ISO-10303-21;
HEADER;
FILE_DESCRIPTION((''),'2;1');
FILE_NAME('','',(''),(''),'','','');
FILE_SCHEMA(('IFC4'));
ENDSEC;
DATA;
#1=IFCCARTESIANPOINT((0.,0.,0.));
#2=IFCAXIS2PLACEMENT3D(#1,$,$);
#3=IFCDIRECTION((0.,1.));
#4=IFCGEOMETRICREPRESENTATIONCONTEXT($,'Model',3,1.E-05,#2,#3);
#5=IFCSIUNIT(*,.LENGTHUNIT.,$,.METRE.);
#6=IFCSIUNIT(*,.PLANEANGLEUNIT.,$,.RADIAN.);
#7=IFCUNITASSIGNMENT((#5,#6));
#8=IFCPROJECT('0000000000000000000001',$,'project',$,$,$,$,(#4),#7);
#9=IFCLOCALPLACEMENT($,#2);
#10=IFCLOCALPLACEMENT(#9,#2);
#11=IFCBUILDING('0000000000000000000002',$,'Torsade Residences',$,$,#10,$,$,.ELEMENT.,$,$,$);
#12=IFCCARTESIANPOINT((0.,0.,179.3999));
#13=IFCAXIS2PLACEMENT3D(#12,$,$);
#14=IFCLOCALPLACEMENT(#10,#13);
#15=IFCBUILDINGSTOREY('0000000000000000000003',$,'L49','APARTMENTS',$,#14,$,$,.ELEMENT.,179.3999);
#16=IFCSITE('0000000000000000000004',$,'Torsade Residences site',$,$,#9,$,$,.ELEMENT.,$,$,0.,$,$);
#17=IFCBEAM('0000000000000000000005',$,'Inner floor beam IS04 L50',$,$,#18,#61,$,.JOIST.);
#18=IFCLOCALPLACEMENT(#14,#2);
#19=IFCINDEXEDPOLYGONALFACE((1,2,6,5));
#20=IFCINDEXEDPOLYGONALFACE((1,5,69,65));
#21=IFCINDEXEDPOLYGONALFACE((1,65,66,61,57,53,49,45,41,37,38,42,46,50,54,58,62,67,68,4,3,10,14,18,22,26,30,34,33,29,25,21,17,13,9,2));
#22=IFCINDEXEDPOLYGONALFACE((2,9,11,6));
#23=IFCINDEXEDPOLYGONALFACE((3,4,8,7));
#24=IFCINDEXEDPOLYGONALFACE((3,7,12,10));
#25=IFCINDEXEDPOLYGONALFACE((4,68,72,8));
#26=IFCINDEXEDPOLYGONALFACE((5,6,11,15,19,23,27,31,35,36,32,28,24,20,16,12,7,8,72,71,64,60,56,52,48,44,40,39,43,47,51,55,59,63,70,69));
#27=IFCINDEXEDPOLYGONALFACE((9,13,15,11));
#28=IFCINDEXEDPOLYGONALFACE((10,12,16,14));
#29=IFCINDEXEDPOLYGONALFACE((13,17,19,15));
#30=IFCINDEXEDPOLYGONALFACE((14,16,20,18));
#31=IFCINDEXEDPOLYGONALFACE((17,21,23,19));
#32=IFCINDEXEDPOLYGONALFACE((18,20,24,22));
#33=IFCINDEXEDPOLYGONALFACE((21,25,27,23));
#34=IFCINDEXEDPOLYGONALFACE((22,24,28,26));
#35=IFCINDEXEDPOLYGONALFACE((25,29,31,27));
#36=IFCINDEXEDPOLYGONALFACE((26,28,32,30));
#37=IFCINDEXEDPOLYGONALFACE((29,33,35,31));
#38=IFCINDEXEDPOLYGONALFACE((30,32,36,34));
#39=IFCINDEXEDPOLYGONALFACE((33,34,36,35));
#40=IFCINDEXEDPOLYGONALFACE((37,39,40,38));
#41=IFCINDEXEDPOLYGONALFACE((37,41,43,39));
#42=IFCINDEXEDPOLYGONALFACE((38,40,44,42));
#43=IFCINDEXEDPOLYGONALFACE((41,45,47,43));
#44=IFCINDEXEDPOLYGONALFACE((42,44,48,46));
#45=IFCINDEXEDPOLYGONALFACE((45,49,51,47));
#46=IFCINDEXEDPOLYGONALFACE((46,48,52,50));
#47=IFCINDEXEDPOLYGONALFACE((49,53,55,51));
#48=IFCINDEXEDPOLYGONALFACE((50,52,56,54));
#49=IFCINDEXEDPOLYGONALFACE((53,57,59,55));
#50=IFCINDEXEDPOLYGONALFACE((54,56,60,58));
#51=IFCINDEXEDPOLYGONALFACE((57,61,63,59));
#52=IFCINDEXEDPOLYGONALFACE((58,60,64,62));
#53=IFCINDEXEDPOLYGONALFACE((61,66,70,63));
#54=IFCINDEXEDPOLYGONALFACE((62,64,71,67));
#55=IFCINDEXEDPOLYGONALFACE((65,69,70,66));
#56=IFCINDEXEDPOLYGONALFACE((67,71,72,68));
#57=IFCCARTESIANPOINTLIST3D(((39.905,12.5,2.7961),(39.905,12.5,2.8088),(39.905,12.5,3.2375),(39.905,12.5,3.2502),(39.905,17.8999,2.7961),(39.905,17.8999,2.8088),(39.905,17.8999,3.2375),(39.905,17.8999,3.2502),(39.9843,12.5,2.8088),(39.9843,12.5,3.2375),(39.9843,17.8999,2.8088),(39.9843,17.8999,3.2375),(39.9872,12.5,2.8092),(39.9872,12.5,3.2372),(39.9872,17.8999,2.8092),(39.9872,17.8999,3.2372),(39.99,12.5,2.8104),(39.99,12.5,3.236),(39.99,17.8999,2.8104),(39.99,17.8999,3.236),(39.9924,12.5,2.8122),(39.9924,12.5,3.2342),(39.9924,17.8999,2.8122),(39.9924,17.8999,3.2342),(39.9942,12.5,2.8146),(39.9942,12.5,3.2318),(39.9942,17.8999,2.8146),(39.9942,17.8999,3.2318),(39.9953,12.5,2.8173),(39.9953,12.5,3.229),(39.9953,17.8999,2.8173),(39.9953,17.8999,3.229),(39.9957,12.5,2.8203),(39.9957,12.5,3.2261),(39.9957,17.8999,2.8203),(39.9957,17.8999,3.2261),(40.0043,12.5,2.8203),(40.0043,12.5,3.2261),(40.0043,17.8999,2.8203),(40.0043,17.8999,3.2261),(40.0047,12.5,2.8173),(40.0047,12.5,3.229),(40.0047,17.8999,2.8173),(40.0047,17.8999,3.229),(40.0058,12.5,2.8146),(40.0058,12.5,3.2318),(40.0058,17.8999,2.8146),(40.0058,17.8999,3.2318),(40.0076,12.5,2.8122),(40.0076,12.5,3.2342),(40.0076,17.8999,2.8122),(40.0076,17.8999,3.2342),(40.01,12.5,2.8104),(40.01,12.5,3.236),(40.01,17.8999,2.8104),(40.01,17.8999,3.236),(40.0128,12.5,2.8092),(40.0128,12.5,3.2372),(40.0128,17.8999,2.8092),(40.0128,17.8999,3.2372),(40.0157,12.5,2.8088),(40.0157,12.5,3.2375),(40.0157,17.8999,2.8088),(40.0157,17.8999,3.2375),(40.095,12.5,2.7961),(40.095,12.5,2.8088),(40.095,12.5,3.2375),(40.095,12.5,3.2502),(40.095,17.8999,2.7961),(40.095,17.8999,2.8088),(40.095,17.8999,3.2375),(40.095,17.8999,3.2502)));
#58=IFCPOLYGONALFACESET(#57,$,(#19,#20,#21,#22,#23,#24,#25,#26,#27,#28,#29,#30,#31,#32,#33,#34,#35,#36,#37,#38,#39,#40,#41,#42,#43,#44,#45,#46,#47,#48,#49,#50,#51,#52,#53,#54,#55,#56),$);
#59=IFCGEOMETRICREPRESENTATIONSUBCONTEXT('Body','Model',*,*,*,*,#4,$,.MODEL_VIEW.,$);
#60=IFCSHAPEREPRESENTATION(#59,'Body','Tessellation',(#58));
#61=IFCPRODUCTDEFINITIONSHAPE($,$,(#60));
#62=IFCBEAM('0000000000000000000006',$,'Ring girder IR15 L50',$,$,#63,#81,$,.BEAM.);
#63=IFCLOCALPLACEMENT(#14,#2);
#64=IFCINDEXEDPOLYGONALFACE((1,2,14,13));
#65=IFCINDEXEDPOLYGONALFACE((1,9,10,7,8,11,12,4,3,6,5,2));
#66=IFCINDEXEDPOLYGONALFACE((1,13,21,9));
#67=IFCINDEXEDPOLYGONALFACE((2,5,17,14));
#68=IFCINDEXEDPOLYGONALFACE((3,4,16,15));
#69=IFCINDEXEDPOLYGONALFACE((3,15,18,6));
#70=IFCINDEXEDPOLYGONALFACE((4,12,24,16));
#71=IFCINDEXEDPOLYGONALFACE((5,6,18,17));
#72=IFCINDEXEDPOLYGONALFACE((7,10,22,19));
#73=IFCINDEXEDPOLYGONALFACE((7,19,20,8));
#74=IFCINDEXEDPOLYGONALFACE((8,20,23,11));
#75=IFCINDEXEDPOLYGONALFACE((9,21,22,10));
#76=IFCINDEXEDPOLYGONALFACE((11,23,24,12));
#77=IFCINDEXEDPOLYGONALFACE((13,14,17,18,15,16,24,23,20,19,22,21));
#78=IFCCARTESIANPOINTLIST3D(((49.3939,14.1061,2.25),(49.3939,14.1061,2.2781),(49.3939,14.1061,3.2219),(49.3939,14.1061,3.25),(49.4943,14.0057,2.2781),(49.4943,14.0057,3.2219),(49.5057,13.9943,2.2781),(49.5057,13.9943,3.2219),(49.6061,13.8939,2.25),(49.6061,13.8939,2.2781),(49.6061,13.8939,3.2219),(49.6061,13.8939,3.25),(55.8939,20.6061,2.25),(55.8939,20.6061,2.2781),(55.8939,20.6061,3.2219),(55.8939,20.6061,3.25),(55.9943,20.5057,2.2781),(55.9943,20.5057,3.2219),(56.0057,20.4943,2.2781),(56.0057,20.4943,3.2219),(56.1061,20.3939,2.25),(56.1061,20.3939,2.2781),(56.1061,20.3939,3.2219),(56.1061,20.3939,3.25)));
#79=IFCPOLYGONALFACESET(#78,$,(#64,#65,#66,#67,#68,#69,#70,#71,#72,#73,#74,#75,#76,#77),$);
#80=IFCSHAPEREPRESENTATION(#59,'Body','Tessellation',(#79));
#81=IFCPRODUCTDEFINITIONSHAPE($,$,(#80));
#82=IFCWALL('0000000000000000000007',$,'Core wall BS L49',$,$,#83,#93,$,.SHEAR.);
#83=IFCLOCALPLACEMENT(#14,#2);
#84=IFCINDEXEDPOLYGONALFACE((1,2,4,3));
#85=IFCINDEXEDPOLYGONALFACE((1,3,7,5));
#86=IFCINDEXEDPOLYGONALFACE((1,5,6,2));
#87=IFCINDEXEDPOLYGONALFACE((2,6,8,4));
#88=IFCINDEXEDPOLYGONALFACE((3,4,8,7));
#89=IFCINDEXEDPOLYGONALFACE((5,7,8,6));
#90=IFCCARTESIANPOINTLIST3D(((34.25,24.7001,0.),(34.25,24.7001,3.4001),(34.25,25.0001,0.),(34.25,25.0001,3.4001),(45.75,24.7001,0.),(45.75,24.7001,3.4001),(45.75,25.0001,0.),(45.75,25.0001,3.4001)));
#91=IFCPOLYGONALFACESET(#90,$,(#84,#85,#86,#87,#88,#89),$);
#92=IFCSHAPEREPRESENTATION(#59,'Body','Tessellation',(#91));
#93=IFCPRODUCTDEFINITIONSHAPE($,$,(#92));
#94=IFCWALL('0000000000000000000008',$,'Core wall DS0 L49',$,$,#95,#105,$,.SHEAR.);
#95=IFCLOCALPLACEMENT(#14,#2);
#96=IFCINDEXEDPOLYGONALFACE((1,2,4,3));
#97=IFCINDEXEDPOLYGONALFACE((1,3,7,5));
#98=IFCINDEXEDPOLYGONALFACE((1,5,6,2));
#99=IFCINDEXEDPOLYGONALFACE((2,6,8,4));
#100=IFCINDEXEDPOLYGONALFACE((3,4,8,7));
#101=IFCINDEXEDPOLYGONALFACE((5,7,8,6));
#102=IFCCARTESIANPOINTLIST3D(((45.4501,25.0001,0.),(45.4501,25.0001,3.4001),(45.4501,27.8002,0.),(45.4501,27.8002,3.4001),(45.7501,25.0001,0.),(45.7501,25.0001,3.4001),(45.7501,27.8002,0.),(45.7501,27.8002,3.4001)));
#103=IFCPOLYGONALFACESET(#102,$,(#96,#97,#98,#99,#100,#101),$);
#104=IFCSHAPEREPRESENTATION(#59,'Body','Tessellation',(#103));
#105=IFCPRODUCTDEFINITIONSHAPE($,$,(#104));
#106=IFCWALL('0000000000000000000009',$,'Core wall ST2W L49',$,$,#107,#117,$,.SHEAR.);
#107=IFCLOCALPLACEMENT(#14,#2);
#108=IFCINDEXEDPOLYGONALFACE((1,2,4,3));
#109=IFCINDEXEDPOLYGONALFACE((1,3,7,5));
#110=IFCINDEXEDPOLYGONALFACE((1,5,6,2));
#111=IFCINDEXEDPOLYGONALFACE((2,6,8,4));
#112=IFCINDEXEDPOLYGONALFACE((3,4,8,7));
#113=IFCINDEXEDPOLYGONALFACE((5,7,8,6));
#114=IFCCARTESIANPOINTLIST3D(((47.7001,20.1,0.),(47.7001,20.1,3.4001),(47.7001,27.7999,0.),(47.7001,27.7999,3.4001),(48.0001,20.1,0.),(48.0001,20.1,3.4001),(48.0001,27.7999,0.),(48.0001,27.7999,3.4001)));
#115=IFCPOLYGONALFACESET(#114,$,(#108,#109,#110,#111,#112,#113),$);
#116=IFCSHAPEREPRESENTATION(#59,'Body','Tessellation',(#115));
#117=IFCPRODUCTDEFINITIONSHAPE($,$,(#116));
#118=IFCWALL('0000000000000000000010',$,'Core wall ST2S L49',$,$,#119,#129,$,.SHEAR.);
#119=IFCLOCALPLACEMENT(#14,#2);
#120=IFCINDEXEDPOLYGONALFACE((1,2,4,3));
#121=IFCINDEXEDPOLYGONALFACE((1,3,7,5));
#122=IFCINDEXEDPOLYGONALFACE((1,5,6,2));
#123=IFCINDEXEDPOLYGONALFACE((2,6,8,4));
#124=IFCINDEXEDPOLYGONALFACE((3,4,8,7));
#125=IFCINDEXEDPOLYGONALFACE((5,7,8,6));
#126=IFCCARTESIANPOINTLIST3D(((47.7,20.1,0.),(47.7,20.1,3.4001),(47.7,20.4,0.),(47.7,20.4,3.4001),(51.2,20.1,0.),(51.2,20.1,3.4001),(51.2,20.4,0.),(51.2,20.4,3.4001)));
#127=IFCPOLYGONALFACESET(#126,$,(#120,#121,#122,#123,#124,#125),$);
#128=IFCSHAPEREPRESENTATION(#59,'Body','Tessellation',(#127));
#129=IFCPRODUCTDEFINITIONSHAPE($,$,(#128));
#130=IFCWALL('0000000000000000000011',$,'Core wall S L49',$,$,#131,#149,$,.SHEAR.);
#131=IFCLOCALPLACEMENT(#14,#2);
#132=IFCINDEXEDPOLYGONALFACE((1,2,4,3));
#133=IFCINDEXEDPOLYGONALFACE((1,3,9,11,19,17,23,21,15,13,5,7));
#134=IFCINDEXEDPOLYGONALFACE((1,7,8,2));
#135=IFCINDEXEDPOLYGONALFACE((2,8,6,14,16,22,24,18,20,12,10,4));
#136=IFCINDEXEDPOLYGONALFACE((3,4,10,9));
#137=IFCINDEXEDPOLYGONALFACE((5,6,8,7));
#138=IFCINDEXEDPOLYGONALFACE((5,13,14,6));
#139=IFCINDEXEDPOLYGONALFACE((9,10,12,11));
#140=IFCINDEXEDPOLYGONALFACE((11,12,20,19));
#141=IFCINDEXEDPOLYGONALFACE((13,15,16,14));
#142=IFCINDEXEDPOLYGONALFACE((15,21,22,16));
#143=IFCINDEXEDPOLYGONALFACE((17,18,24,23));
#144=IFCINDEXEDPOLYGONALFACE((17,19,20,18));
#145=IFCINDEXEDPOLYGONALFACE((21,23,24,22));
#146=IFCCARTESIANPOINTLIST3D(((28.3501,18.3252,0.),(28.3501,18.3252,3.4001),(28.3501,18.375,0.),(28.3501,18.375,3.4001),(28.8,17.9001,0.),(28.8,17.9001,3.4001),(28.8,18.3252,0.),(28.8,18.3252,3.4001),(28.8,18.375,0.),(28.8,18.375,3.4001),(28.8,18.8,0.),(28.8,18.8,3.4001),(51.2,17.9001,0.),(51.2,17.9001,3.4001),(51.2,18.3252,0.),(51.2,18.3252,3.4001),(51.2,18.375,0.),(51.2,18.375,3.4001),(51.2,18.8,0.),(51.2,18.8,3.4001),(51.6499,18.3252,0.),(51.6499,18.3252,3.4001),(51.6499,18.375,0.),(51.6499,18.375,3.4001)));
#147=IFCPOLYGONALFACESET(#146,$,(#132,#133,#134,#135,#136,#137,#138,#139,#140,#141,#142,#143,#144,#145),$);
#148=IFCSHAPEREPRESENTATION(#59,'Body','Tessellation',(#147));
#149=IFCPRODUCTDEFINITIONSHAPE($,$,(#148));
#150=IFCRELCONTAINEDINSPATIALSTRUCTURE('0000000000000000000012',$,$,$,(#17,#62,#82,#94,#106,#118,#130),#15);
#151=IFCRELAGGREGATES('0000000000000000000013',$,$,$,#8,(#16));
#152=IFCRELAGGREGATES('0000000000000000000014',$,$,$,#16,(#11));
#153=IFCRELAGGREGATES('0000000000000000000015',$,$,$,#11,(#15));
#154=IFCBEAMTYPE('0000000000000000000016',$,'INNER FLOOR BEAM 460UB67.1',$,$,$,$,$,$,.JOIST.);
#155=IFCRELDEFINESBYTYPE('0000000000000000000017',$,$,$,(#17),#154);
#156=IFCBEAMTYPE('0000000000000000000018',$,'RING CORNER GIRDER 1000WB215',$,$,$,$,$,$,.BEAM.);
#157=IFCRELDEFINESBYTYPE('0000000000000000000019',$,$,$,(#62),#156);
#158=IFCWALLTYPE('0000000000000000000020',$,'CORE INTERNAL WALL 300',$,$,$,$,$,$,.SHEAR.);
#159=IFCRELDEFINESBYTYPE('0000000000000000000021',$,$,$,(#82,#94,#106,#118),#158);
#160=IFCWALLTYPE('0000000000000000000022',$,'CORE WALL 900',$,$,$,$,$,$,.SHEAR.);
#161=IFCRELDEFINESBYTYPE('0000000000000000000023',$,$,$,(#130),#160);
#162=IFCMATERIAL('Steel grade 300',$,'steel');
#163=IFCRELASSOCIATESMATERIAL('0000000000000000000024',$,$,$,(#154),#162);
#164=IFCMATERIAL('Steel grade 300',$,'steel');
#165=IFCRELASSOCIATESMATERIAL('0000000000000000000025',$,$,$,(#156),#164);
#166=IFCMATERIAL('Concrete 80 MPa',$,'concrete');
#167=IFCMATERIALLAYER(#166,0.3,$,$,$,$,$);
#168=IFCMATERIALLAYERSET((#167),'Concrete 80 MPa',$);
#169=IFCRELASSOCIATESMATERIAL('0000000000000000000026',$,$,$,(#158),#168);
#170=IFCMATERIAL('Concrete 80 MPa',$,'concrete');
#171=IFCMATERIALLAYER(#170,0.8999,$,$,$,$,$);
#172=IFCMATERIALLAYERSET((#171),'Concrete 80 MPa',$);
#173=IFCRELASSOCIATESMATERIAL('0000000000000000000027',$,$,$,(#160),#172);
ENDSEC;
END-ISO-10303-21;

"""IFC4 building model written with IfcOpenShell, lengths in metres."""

from ifc_helpers import new_model, si_unit, direction, frame, frame_2d, origin, origin_2d, place, context, subcontext, project, spatial, polyline, rectangle, i_section, outline, extrude, material, layer, layer_set, material_profile, profile_set, type_object, element, save


model = new_model("IFC4")

# Units and contexts
model_context = context("Model", 3, precision=1e-05, world=origin(), true_north=direction((0.0, 1.0)))
body_context = subcontext(model_context, "Body", "Model", "MODEL_VIEW")
ifc_project = project(units=[si_unit("LENGTHUNIT", "METRE"), si_unit("PLANEANGLEUNIT", "RADIAN")], contexts=[model_context])

# Site, building, storey
site_placement = place(None, origin())
site = spatial("IfcSite", under=ifc_project, at=site_placement, Name="Torsade Residences site", CompositionType="ELEMENT", RefElevation=0.0)
building_placement = place(site_placement, origin())
building = spatial("IfcBuilding", under=site, at=building_placement, Name="Torsade Residences", CompositionType="ELEMENT")
storey_placement = place(building_placement, frame((0.0, 0.0, 179.3999)))
storey = spatial("IfcBuildingStorey", under=building, at=storey_placement, Name="L49", Description="APARTMENTS", CompositionType="ELEMENT", Elevation=179.3999)

# Beams
ifc_material_1 = material(Name="Steel grade 300", Category="steel")
ifc_material_profile_1 = material_profile(ifc_material_1, i_section(OverallWidth=0.1899, OverallDepth=0.4541, WebThickness=0.0085, FlangeThickness=0.0127, FilletRadius=0.0115, at=origin_2d()), Name="460UB67.1")
ifc_profile_set_1 = profile_set([ifc_material_profile_1], Name="Steel grade 300")
beam_type_1 = type_object("IfcBeamType", Name="INNER FLOOR BEAM 460UB67.1", PredefinedType="JOIST", material=ifc_profile_set_1)
for number, where, z_axis, x_axis, name in (
    (1, (40.0, 17.8999, 3.0232), (0.0, -1.0, 0.0), (1.0, 0.0, 0.0), "Inner floor beam IS04 L50"),
):
    element("IfcBeam", number, at=place(storey_placement, frame(where, z_axis=z_axis, x_axis=x_axis)), inside=storey, type_object=beam_type_1, Name=name, PredefinedType="JOIST", context=body_context, shape_type="SweptSolid", body=[
        extrude(i_section(OverallWidth=0.1899, OverallDepth=0.4541, WebThickness=0.0085, FlangeThickness=0.0127, FilletRadius=0.0115, at=origin_2d()), origin(), (0.0, 0.0, 1.0), 5.3999),
    ])
ifc_material_2 = material(Name="Steel grade 300", Category="steel")
ifc_material_profile_2 = material_profile(ifc_material_2, i_section(OverallWidth=0.3, OverallDepth=1.0, WebThickness=0.0161, FlangeThickness=0.0281, at=origin_2d()), Name="1000WB215")
ifc_profile_set_2 = profile_set([ifc_material_profile_2], Name="Steel grade 300")
beam_type_2 = type_object("IfcBeamType", Name="RING CORNER GIRDER 1000WB215", PredefinedType="BEAM", material=ifc_profile_set_2)
beam_1_placement = place(storey_placement, frame((49.5, 14.0, 2.75), z_axis=(0.707107, 0.707107, 0.0), x_axis=(-0.707107, 0.707107, 0.0)))
element("IfcBeam", 2, at=beam_1_placement, inside=storey, type_object=beam_type_2, Name="Ring girder IR15 L50", PredefinedType="BEAM", context=body_context, shape_type="SweptSolid", body=[
    extrude(i_section(OverallWidth=0.3, OverallDepth=1.0, WebThickness=0.0161, FlangeThickness=0.0281, at=origin_2d()), origin(), (0.0, 0.0, 1.0), 9.1924),
])

# Walls
ifc_material_3 = material(Name="Concrete 80 MPa", Category="concrete")
ifc_layer_1 = layer(ifc_material_3, 0.3)
ifc_layer_set_1 = layer_set([ifc_layer_1], Name="Concrete 80 MPa")
wall_type_1 = type_object("IfcWallType", Name="CORE INTERNAL WALL 300", PredefinedType="SHEAR", material=ifc_layer_set_1)
wall_1_placement = place(storey_placement, frame((45.75, 24.8501, 0.0), z_axis=(0.0, 0.0, 1.0), x_axis=(-1.0, 0.0, 0.0)))
element("IfcWall", 3, at=wall_1_placement, inside=storey, type_object=wall_type_1, Name="Core wall BS L49", PredefinedType="SHEAR", context=body_context, shape_type="SweptSolid", body=[
    extrude(rectangle(XDim=11.5, YDim=0.3, at=frame_2d((5.75, 0.0))), origin(), (0.0, 0.0, 1.0), 3.4001),
])
wall_2_placement = place(storey_placement, frame((45.6001, 27.8, 0.0), z_axis=(0.0, 0.0, 1.0), x_axis=(0.0, -1.0, 0.0)))
element("IfcWall", 4, at=wall_2_placement, inside=storey, type_object=wall_type_1, Name="Core wall DS0 L49", PredefinedType="SHEAR", context=body_context, shape_type="SweptSolid", body=[
    extrude(rectangle(XDim=2.8, YDim=0.3, at=frame_2d((1.3999, 0.0))), origin(), (0.0, 0.0, 1.0), 3.4001),
])
wall_3_placement = place(storey_placement, frame((47.8501, 27.8, 0.0), z_axis=(0.0, 0.0, 1.0), x_axis=(0.0, -1.0, 0.0)))
element("IfcWall", 5, at=wall_3_placement, inside=storey, type_object=wall_type_1, Name="Core wall ST2W L49", PredefinedType="SHEAR", context=body_context, shape_type="SweptSolid", body=[
    extrude(rectangle(XDim=7.7, YDim=0.3, at=frame_2d((3.8501, 0.0))), origin(), (0.0, 0.0, 1.0), 3.4001),
])
wall_4_placement = place(storey_placement, frame((51.2, 20.25, 0.0), z_axis=(0.0, 0.0, 1.0), x_axis=(-1.0, 0.0, 0.0)))
element("IfcWall", 6, at=wall_4_placement, inside=storey, type_object=wall_type_1, Name="Core wall ST2S L49", PredefinedType="SHEAR", context=body_context, shape_type="SweptSolid", body=[
    extrude(rectangle(XDim=3.5, YDim=0.3, at=frame_2d((1.75, 0.0))), origin(), (0.0, 0.0, 1.0), 3.4001),
])
ifc_material_4 = material(Name="Concrete 80 MPa", Category="concrete")
ifc_layer_2 = layer(ifc_material_4, 0.8999)
ifc_layer_set_2 = layer_set([ifc_layer_2], Name="Concrete 80 MPa")
wall_type_2 = type_object("IfcWallType", Name="CORE WALL 900", PredefinedType="SHEAR", material=ifc_layer_set_2)
wall_5_placement = place(storey_placement, frame((51.2, 18.3501, 0.0), z_axis=(0.0, 0.0, 1.0), x_axis=(-1.0, 0.0, 0.0)))
element("IfcWall", 7, at=wall_5_placement, inside=storey, type_object=wall_type_2, Name="Core wall S L49", PredefinedType="SHEAR", context=body_context, shape_type="SweptSolid", body=[
    extrude(outline(polyline([(0.0, -0.45), (22.3999, -0.45), (22.3999, -0.0249), (22.8499, -0.0249), (22.8499, 0.0249), (22.3999, 0.0249), (22.3999, 0.45), (0.0, 0.45), (0.0, 0.0249), (-0.45, 0.0249), (-0.45, -0.0249), (0.0, -0.0249), (0.0, -0.45)])), origin(), (0.0, 0.0, 1.0), 3.4001),
])

save(model, "model.ifc")
